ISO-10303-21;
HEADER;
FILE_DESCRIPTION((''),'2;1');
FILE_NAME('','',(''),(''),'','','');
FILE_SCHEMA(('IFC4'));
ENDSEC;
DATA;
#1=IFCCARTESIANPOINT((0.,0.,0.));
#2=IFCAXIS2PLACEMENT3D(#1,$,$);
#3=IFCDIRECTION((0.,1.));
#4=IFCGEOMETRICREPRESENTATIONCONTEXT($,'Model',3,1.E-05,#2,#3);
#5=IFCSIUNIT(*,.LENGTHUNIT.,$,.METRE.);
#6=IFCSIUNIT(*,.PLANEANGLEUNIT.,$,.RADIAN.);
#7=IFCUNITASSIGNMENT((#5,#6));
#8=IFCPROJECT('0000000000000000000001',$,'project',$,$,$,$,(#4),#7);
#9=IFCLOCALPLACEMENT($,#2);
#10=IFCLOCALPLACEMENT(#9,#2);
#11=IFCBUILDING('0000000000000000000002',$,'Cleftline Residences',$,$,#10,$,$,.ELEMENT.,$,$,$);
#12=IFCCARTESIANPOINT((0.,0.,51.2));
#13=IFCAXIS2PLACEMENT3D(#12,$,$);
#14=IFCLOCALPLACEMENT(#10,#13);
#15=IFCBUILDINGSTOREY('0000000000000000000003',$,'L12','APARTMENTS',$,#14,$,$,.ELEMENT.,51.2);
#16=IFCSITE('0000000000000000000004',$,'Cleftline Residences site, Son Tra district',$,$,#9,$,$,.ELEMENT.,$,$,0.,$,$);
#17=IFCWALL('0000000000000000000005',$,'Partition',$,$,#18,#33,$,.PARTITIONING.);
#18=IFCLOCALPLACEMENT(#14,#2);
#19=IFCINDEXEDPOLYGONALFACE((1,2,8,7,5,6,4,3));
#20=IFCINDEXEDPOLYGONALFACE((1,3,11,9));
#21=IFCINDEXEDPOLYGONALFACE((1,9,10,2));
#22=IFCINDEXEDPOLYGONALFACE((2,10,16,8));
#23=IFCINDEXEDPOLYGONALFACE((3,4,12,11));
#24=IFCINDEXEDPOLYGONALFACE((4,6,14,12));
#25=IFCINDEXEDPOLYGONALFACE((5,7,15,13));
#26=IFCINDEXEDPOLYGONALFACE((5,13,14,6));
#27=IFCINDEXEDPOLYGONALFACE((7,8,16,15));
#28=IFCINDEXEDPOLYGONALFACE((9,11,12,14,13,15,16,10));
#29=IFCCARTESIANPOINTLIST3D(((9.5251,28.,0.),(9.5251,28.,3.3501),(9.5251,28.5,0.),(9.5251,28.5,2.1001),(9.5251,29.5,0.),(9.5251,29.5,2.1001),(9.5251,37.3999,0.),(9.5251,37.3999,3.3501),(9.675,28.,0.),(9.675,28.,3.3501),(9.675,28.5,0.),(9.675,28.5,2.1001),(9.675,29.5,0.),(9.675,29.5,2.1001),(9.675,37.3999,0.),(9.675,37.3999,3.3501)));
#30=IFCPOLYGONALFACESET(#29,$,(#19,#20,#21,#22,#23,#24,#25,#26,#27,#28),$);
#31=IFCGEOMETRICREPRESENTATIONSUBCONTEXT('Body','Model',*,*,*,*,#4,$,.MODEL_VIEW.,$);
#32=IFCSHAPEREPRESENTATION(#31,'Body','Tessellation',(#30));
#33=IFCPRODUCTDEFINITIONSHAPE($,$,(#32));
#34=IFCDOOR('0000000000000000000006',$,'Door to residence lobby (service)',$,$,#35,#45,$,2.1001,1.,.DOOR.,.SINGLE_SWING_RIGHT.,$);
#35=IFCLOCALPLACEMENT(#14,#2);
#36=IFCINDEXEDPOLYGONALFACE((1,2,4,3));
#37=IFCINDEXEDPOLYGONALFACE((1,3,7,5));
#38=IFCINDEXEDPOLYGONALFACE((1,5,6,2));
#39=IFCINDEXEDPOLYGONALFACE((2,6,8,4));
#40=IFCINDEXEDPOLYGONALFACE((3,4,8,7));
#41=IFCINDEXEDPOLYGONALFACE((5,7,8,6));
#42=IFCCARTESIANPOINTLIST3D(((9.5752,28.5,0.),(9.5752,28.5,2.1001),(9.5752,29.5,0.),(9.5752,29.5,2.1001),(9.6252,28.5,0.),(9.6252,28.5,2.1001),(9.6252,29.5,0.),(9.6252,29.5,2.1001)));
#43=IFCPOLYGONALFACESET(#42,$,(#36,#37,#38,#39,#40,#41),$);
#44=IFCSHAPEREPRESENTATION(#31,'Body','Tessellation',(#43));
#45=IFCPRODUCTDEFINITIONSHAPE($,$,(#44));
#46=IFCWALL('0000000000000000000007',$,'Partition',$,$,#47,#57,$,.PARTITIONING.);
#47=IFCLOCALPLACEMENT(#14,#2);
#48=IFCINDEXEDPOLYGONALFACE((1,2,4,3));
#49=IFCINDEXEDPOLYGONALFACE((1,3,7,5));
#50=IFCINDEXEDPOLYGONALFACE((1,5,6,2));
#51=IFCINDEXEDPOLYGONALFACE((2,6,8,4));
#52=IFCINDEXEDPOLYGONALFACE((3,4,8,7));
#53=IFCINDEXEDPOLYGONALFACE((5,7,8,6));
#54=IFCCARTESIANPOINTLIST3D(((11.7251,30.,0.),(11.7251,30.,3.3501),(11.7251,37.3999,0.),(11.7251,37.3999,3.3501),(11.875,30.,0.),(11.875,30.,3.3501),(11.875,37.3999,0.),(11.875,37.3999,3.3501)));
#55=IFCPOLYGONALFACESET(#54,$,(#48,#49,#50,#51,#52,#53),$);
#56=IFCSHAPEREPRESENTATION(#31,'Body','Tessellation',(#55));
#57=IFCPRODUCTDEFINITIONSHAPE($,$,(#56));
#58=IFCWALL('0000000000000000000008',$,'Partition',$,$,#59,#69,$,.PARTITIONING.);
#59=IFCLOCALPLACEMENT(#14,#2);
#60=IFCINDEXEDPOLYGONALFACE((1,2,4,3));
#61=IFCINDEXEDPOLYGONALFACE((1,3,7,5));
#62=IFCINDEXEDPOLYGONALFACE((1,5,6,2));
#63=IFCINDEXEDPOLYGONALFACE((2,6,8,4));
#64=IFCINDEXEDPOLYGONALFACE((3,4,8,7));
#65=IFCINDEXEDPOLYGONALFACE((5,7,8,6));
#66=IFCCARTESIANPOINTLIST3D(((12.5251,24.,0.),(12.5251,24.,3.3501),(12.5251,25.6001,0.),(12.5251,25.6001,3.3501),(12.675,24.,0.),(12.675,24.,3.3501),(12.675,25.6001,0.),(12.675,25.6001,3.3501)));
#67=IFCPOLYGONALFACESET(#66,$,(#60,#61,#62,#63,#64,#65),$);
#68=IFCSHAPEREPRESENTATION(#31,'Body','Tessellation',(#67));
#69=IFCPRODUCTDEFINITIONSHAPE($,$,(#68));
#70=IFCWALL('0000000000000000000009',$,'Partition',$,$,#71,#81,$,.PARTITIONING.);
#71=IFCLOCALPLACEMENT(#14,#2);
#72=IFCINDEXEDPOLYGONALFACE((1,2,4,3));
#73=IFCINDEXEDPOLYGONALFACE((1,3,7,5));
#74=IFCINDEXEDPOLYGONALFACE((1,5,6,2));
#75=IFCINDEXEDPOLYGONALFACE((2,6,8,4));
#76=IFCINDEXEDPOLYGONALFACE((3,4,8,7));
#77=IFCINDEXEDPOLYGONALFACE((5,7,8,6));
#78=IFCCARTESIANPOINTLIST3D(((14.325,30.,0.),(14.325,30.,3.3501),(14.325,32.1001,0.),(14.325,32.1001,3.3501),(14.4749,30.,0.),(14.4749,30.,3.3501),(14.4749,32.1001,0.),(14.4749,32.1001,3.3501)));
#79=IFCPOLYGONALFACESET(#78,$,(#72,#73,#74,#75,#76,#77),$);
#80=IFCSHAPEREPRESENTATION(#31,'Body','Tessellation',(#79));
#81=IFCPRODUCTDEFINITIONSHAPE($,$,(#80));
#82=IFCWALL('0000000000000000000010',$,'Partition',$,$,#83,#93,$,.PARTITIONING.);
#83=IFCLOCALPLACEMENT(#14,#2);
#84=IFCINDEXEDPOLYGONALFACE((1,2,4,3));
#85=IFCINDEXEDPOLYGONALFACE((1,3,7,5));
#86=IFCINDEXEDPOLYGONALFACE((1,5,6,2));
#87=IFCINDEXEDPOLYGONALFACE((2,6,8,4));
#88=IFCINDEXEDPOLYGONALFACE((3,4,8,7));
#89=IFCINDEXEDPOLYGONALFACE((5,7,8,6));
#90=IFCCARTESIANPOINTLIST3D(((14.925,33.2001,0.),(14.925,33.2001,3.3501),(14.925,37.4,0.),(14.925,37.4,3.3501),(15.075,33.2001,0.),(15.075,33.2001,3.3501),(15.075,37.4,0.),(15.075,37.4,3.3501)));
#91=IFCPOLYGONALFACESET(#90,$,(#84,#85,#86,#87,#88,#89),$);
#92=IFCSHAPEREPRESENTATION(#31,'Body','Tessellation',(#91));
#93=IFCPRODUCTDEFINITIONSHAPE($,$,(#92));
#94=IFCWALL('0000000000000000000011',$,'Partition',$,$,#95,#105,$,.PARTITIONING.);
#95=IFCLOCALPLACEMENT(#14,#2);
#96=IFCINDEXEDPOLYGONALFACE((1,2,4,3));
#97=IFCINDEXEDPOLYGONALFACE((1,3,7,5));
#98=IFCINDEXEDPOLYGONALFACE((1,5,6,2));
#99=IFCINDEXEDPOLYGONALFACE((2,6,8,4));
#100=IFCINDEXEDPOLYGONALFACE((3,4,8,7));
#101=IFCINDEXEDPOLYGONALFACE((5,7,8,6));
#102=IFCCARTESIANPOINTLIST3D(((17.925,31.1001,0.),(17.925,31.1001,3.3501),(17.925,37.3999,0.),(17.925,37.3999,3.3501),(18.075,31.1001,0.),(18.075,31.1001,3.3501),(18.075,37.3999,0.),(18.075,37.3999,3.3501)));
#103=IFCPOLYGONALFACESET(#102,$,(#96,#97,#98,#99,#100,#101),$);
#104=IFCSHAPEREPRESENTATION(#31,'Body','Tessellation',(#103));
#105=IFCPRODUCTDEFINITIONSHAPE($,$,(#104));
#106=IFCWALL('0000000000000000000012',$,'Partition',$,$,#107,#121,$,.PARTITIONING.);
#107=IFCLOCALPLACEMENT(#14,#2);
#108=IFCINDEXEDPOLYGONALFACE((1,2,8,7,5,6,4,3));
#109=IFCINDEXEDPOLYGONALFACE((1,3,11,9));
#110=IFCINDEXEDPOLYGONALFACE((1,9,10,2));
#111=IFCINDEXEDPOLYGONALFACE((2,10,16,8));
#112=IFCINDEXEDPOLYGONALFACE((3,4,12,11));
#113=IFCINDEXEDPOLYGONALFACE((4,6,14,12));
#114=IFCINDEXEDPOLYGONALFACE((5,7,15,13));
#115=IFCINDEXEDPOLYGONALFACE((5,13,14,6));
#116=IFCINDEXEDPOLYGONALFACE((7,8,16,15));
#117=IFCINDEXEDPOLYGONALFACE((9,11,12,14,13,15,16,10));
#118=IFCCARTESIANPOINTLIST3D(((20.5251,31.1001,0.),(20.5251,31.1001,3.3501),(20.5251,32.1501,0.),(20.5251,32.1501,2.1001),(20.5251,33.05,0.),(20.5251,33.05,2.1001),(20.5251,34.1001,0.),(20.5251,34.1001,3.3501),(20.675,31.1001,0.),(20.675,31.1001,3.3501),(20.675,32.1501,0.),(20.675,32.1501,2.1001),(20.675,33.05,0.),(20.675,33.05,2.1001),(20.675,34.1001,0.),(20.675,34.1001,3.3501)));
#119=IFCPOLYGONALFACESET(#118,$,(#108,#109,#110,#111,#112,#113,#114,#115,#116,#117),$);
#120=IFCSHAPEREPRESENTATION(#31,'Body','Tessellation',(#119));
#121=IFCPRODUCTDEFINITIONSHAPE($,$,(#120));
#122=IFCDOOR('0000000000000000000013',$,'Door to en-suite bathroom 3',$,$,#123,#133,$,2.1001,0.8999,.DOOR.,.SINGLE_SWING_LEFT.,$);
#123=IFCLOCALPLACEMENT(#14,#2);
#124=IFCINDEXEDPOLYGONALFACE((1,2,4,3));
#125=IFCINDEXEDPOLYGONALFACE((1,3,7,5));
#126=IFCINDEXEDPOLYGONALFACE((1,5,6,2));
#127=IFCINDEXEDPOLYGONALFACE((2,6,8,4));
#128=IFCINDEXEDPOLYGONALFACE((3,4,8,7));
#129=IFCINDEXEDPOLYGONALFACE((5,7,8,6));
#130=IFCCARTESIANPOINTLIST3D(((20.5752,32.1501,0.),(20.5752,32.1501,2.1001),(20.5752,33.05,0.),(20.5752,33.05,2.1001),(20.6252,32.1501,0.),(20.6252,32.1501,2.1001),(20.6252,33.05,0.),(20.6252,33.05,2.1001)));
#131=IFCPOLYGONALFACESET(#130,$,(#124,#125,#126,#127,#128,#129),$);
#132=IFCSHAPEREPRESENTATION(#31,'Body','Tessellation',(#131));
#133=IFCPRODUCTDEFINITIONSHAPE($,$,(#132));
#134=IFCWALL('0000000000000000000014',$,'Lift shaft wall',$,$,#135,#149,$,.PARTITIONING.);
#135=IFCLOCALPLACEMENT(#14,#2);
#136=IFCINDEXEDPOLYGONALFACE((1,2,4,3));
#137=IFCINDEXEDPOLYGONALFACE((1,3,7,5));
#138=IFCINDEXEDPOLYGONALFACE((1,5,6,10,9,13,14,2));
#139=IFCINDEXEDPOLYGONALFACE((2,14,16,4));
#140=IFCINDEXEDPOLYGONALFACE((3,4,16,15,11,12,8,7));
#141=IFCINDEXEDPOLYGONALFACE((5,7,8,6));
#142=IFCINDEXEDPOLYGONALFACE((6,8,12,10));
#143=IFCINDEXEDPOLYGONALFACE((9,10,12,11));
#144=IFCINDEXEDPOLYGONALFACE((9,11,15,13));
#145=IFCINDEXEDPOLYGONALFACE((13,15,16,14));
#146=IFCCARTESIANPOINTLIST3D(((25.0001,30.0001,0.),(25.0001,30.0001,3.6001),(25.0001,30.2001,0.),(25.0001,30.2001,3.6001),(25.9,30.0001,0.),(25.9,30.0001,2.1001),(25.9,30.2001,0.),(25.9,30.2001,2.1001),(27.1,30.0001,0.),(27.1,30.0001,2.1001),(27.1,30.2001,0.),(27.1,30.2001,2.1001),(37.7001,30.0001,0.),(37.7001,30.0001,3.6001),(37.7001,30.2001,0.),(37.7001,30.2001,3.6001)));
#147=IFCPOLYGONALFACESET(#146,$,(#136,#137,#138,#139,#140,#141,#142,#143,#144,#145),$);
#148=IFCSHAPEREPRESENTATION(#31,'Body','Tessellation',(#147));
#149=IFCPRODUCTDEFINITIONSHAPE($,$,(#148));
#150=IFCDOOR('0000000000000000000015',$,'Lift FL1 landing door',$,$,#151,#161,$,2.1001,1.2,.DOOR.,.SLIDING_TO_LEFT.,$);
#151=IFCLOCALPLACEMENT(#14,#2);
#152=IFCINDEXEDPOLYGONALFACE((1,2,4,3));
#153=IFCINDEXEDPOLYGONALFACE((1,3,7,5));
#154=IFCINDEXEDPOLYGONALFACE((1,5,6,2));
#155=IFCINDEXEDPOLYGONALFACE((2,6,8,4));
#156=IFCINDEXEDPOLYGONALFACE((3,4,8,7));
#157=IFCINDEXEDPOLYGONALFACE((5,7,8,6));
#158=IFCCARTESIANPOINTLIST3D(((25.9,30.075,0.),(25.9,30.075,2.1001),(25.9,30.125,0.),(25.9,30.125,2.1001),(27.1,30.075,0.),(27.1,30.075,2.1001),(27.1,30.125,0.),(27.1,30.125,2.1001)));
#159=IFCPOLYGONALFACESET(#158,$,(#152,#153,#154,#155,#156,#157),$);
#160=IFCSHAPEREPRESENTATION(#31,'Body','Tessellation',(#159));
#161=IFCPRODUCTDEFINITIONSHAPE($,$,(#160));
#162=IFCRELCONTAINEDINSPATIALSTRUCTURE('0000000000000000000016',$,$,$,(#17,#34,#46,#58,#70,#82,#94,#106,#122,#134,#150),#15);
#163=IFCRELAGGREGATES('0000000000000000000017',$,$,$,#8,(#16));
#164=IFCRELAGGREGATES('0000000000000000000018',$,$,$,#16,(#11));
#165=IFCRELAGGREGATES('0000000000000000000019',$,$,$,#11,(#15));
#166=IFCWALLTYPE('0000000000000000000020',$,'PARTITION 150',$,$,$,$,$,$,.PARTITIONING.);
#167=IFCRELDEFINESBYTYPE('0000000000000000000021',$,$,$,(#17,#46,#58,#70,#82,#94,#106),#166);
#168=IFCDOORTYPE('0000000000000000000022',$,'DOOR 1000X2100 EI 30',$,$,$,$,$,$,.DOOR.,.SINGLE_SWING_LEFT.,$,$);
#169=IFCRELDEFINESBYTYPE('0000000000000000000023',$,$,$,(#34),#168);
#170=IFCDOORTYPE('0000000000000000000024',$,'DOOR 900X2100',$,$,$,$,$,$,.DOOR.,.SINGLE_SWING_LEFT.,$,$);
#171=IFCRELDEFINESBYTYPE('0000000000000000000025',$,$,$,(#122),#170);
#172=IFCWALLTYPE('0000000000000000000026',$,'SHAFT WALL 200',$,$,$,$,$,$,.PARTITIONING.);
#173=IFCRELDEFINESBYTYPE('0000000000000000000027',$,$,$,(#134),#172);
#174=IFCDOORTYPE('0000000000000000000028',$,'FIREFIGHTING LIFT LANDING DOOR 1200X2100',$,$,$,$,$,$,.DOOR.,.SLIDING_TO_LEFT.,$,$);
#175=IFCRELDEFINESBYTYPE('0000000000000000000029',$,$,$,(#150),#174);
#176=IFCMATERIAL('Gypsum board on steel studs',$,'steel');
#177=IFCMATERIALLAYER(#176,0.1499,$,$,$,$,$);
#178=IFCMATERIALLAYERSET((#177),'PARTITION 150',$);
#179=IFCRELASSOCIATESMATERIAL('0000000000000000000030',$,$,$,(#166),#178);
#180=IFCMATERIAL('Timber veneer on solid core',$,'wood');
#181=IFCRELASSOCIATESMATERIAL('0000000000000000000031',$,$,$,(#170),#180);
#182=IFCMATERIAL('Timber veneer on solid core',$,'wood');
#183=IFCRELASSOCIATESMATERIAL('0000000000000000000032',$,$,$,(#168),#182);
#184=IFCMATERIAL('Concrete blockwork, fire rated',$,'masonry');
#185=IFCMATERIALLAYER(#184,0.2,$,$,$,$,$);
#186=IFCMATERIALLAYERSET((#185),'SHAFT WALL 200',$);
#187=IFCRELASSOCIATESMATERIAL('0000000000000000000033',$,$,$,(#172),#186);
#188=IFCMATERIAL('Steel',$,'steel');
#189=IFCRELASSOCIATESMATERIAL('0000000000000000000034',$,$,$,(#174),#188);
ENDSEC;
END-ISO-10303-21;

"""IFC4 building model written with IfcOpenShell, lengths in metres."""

from ifc_helpers import new_model, si_unit, direction, frame, frame_2d, origin, place, context, subcontext, project, spatial, rectangle, extrude, material, layer, layer_set, type_object, element, fill, save


model = new_model("IFC4")

# Units and contexts
model_context = context("Model", 3, precision=1e-05, world=origin(), true_north=direction((0.0, 1.0)))
body_context = subcontext(model_context, "Body", "Model", "MODEL_VIEW")
ifc_project = project(units=[si_unit("LENGTHUNIT", "METRE"), si_unit("PLANEANGLEUNIT", "RADIAN")], contexts=[model_context])

# Site, building, storey
site_placement = place(None, origin())
site = spatial("IfcSite", under=ifc_project, at=site_placement, Name="Cleftline Residences site, Son Tra district", CompositionType="ELEMENT", RefElevation=0.0)
building_placement = place(site_placement, origin())
building = spatial("IfcBuilding", under=site, at=building_placement, Name="Cleftline Residences", CompositionType="ELEMENT")
storey_placement = place(building_placement, frame((0.0, 0.0, 51.2)))
storey = spatial("IfcBuildingStorey", under=building, at=storey_placement, Name="L12", Description="APARTMENTS", CompositionType="ELEMENT", Elevation=51.2)

# Shared definitions
ifc_material_1 = material(Name="Gypsum board on steel studs", Category="steel")
ifc_layer_1 = layer(ifc_material_1, 0.1499)
ifc_layer_set_1 = layer_set([ifc_layer_1], Name="PARTITION 150")
wall_type_1 = type_object("IfcWallType", Name="PARTITION 150", PredefinedType="PARTITIONING", material=ifc_layer_set_1)
ifc_material_2 = material(Name="Timber veneer on solid core", Category="wood")
door_type_1 = type_object("IfcDoorType", Name="DOOR 900X2100", OperationType="SINGLE_SWING_LEFT", PredefinedType="DOOR", material=ifc_material_2)

# Wall, opening, door
wall_1_placement = place(storey_placement, frame((9.6001, 28.0, 0.0), z_axis=(0.0, 0.0, 1.0), x_axis=(0.0, 1.0, 0.0)))
wall_1 = element("IfcWall", 1, at=wall_1_placement, inside=storey, type_object=wall_type_1, Name="Partition", PredefinedType="PARTITIONING", context=body_context, shape_type="SweptSolid", body=[
    extrude(rectangle(XDim=9.3999, YDim=0.1499, at=frame_2d((4.7, 0.0))), origin(), (0.0, 0.0, 1.0), 3.3501),
])
opening_1_placement = place(wall_1_placement, frame((0.5, 0.0, 0.0)))
opening_1 = element("IfcOpeningElement", 2, at=opening_1_placement, cuts=wall_1, PredefinedType="OPENING", context=body_context, shape_type="SweptSolid", body=[
    extrude(rectangle(XDim=1.0, YDim=2.1001, at=frame_2d((0.5, 1.05))), frame((0.0, 0.085, 0.0), z_axis=(0.0, -1.0, 0.0), x_axis=(1.0, 0.0, 0.0)), (0.0, 0.0, 1.0), 0.1699),
])
ifc_material_3 = material(Name="Timber veneer on solid core", Category="wood")
door_type_2 = type_object("IfcDoorType", Name="DOOR 1000X2100 EI 30", OperationType="SINGLE_SWING_LEFT", PredefinedType="DOOR", material=ifc_material_3)
door_1_placement = place(opening_1_placement, origin())
door_1 = element("IfcDoor", 3, at=door_1_placement, inside=storey, type_object=door_type_2, Name="Door to residence lobby (service)", OperationType="SINGLE_SWING_RIGHT", OverallHeight=2.1001, OverallWidth=1.0, PredefinedType="DOOR", context=body_context, shape_type="SweptSolid", body=[
    extrude(rectangle(XDim=1.0, YDim=2.1001, at=frame_2d((0.5, 1.05))), frame((0.0, 0.0249, 0.0), z_axis=(0.0, -1.0, 0.0), x_axis=(1.0, 0.0, 0.0)), (0.0, 0.0, 1.0), 0.05),
])
fill(opening_1, door_1)

# Walls
wall_2_placement = place(storey_placement, frame((11.8, 30.0, 0.0), z_axis=(0.0, 0.0, 1.0), x_axis=(0.0, 1.0, 0.0)))
element("IfcWall", 4, at=wall_2_placement, inside=storey, type_object=wall_type_1, Name="Partition", PredefinedType="PARTITIONING", context=body_context, shape_type="SweptSolid", body=[
    extrude(rectangle(XDim=7.3999, YDim=0.1499, at=frame_2d((3.7, 0.0))), origin(), (0.0, 0.0, 1.0), 3.3501),
])
wall_3_placement = place(storey_placement, frame((12.6001, 24.0, 0.0), z_axis=(0.0, 0.0, 1.0), x_axis=(0.0, 1.0, 0.0)))
element("IfcWall", 5, at=wall_3_placement, inside=storey, type_object=wall_type_1, Name="Partition", PredefinedType="PARTITIONING", context=body_context, shape_type="SweptSolid", body=[
    extrude(rectangle(XDim=1.6001, YDim=0.1499, at=frame_2d((0.8, 0.0))), origin(), (0.0, 0.0, 1.0), 3.3501),
])
wall_4_placement = place(storey_placement, frame((14.3999, 30.0, 0.0), z_axis=(0.0, 0.0, 1.0), x_axis=(0.0, 1.0, 0.0)))
element("IfcWall", 6, at=wall_4_placement, inside=storey, type_object=wall_type_1, Name="Partition", PredefinedType="PARTITIONING", context=body_context, shape_type="SweptSolid", body=[
    extrude(rectangle(XDim=2.1001, YDim=0.1499, at=frame_2d((1.05, 0.0))), origin(), (0.0, 0.0, 1.0), 3.3501),
])
wall_5_placement = place(storey_placement, frame((15.0, 33.2, 0.0), z_axis=(0.0, 0.0, 1.0), x_axis=(0.0, 1.0, 0.0)))
element("IfcWall", 7, at=wall_5_placement, inside=storey, type_object=wall_type_1, Name="Partition", PredefinedType="PARTITIONING", context=body_context, shape_type="SweptSolid", body=[
    extrude(rectangle(XDim=4.2, YDim=0.1499, at=frame_2d((2.1001, 0.0))), origin(), (0.0, 0.0, 1.0), 3.3501),
])
wall_6_placement = place(storey_placement, frame((18.0, 31.1001, 0.0), z_axis=(0.0, 0.0, 1.0), x_axis=(0.0, 1.0, 0.0)))
element("IfcWall", 8, at=wall_6_placement, inside=storey, type_object=wall_type_1, Name="Partition", PredefinedType="PARTITIONING", context=body_context, shape_type="SweptSolid", body=[
    extrude(rectangle(XDim=6.2998, YDim=0.1499, at=frame_2d((3.1499, 0.0))), origin(), (0.0, 0.0, 1.0), 3.3501),
])

# Walls, openings, doors
wall_7_placement = place(storey_placement, frame((20.6001, 31.1001, 0.0), z_axis=(0.0, 0.0, 1.0), x_axis=(0.0, 1.0, 0.0)))
wall_7 = element("IfcWall", 9, at=wall_7_placement, inside=storey, type_object=wall_type_1, Name="Partition", PredefinedType="PARTITIONING", context=body_context, shape_type="SweptSolid", body=[
    extrude(rectangle(XDim=3.0, YDim=0.1499, at=frame_2d((1.5, 0.0))), origin(), (0.0, 0.0, 1.0), 3.3501),
])
opening_2_placement = place(wall_7_placement, frame((1.05, 0.0, 0.0)))
opening_2 = element("IfcOpeningElement", 10, at=opening_2_placement, cuts=wall_7, PredefinedType="OPENING", context=body_context, shape_type="SweptSolid", body=[
    extrude(rectangle(XDim=0.8999, YDim=2.1001, at=frame_2d((0.45, 1.05))), frame((0.0, 0.085, 0.0), z_axis=(0.0, -1.0, 0.0), x_axis=(1.0, 0.0, 0.0)), (0.0, 0.0, 1.0), 0.1699),
])
door_2_placement = place(opening_2_placement, origin())
door_2 = element("IfcDoor", 11, at=door_2_placement, inside=storey, type_object=door_type_1, Name="Door to en-suite bathroom 3", OperationType="SINGLE_SWING_LEFT", OverallHeight=2.1001, OverallWidth=0.8999, PredefinedType="DOOR", context=body_context, shape_type="SweptSolid", body=[
    extrude(rectangle(XDim=0.8999, YDim=2.1001, at=frame_2d((0.45, 1.05))), frame((0.0, 0.0249, 0.0), z_axis=(0.0, -1.0, 0.0), x_axis=(1.0, 0.0, 0.0)), (0.0, 0.0, 1.0), 0.05),
])
fill(opening_2, door_2)
ifc_material_4 = material(Name="Concrete blockwork, fire rated", Category="masonry")
ifc_layer_2 = layer(ifc_material_4, 0.2)
ifc_layer_set_2 = layer_set([ifc_layer_2], Name="SHAFT WALL 200")
wall_type_2 = type_object("IfcWallType", Name="SHAFT WALL 200", PredefinedType="PARTITIONING", material=ifc_layer_set_2)
wall_8_placement = place(storey_placement, frame((25.0, 30.1001, 0.0), z_axis=(0.0, 0.0, 1.0), x_axis=(1.0, 0.0, 0.0)))
wall_8 = element("IfcWall", 12, at=wall_8_placement, inside=storey, type_object=wall_type_2, Name="Lift shaft wall", PredefinedType="PARTITIONING", context=body_context, shape_type="SweptSolid", body=[
    extrude(rectangle(XDim=12.7, YDim=0.2, at=frame_2d((6.3501, 0.0))), origin(), (0.0, 0.0, 1.0), 3.6001),
])
opening_3_placement = place(wall_8_placement, frame((0.8999, 0.0, 0.0)))
opening_3 = element("IfcOpeningElement", 13, at=opening_3_placement, cuts=wall_8, PredefinedType="OPENING", context=body_context, shape_type="SweptSolid", body=[
    extrude(rectangle(XDim=1.2, YDim=2.1001, at=frame_2d((0.6001, 1.05))), frame((0.0, 0.1099, 0.0), z_axis=(0.0, -1.0, 0.0), x_axis=(1.0, 0.0, 0.0)), (0.0, 0.0, 1.0), 0.22),
])
ifc_material_5 = material(Name="Steel", Category="steel")
door_type_3 = type_object("IfcDoorType", Name="FIREFIGHTING LIFT LANDING DOOR 1200X2100", OperationType="SLIDING_TO_LEFT", PredefinedType="DOOR", material=ifc_material_5)
door_3_placement = place(opening_3_placement, origin())
door_3 = element("IfcDoor", 14, at=door_3_placement, inside=storey, type_object=door_type_3, Name="Lift FL1 landing door", OperationType="SLIDING_TO_LEFT", OverallHeight=2.1001, OverallWidth=1.2, PredefinedType="DOOR", context=body_context, shape_type="SweptSolid", body=[
    extrude(rectangle(XDim=1.2, YDim=2.1001, at=frame_2d((0.6001, 1.05))), frame((0.0, 0.0249, 0.0), z_axis=(0.0, -1.0, 0.0), x_axis=(1.0, 0.0, 0.0)), (0.0, 0.0, 1.0), 0.05),
])
fill(opening_3, door_3)

save(model, "model.ifc")
